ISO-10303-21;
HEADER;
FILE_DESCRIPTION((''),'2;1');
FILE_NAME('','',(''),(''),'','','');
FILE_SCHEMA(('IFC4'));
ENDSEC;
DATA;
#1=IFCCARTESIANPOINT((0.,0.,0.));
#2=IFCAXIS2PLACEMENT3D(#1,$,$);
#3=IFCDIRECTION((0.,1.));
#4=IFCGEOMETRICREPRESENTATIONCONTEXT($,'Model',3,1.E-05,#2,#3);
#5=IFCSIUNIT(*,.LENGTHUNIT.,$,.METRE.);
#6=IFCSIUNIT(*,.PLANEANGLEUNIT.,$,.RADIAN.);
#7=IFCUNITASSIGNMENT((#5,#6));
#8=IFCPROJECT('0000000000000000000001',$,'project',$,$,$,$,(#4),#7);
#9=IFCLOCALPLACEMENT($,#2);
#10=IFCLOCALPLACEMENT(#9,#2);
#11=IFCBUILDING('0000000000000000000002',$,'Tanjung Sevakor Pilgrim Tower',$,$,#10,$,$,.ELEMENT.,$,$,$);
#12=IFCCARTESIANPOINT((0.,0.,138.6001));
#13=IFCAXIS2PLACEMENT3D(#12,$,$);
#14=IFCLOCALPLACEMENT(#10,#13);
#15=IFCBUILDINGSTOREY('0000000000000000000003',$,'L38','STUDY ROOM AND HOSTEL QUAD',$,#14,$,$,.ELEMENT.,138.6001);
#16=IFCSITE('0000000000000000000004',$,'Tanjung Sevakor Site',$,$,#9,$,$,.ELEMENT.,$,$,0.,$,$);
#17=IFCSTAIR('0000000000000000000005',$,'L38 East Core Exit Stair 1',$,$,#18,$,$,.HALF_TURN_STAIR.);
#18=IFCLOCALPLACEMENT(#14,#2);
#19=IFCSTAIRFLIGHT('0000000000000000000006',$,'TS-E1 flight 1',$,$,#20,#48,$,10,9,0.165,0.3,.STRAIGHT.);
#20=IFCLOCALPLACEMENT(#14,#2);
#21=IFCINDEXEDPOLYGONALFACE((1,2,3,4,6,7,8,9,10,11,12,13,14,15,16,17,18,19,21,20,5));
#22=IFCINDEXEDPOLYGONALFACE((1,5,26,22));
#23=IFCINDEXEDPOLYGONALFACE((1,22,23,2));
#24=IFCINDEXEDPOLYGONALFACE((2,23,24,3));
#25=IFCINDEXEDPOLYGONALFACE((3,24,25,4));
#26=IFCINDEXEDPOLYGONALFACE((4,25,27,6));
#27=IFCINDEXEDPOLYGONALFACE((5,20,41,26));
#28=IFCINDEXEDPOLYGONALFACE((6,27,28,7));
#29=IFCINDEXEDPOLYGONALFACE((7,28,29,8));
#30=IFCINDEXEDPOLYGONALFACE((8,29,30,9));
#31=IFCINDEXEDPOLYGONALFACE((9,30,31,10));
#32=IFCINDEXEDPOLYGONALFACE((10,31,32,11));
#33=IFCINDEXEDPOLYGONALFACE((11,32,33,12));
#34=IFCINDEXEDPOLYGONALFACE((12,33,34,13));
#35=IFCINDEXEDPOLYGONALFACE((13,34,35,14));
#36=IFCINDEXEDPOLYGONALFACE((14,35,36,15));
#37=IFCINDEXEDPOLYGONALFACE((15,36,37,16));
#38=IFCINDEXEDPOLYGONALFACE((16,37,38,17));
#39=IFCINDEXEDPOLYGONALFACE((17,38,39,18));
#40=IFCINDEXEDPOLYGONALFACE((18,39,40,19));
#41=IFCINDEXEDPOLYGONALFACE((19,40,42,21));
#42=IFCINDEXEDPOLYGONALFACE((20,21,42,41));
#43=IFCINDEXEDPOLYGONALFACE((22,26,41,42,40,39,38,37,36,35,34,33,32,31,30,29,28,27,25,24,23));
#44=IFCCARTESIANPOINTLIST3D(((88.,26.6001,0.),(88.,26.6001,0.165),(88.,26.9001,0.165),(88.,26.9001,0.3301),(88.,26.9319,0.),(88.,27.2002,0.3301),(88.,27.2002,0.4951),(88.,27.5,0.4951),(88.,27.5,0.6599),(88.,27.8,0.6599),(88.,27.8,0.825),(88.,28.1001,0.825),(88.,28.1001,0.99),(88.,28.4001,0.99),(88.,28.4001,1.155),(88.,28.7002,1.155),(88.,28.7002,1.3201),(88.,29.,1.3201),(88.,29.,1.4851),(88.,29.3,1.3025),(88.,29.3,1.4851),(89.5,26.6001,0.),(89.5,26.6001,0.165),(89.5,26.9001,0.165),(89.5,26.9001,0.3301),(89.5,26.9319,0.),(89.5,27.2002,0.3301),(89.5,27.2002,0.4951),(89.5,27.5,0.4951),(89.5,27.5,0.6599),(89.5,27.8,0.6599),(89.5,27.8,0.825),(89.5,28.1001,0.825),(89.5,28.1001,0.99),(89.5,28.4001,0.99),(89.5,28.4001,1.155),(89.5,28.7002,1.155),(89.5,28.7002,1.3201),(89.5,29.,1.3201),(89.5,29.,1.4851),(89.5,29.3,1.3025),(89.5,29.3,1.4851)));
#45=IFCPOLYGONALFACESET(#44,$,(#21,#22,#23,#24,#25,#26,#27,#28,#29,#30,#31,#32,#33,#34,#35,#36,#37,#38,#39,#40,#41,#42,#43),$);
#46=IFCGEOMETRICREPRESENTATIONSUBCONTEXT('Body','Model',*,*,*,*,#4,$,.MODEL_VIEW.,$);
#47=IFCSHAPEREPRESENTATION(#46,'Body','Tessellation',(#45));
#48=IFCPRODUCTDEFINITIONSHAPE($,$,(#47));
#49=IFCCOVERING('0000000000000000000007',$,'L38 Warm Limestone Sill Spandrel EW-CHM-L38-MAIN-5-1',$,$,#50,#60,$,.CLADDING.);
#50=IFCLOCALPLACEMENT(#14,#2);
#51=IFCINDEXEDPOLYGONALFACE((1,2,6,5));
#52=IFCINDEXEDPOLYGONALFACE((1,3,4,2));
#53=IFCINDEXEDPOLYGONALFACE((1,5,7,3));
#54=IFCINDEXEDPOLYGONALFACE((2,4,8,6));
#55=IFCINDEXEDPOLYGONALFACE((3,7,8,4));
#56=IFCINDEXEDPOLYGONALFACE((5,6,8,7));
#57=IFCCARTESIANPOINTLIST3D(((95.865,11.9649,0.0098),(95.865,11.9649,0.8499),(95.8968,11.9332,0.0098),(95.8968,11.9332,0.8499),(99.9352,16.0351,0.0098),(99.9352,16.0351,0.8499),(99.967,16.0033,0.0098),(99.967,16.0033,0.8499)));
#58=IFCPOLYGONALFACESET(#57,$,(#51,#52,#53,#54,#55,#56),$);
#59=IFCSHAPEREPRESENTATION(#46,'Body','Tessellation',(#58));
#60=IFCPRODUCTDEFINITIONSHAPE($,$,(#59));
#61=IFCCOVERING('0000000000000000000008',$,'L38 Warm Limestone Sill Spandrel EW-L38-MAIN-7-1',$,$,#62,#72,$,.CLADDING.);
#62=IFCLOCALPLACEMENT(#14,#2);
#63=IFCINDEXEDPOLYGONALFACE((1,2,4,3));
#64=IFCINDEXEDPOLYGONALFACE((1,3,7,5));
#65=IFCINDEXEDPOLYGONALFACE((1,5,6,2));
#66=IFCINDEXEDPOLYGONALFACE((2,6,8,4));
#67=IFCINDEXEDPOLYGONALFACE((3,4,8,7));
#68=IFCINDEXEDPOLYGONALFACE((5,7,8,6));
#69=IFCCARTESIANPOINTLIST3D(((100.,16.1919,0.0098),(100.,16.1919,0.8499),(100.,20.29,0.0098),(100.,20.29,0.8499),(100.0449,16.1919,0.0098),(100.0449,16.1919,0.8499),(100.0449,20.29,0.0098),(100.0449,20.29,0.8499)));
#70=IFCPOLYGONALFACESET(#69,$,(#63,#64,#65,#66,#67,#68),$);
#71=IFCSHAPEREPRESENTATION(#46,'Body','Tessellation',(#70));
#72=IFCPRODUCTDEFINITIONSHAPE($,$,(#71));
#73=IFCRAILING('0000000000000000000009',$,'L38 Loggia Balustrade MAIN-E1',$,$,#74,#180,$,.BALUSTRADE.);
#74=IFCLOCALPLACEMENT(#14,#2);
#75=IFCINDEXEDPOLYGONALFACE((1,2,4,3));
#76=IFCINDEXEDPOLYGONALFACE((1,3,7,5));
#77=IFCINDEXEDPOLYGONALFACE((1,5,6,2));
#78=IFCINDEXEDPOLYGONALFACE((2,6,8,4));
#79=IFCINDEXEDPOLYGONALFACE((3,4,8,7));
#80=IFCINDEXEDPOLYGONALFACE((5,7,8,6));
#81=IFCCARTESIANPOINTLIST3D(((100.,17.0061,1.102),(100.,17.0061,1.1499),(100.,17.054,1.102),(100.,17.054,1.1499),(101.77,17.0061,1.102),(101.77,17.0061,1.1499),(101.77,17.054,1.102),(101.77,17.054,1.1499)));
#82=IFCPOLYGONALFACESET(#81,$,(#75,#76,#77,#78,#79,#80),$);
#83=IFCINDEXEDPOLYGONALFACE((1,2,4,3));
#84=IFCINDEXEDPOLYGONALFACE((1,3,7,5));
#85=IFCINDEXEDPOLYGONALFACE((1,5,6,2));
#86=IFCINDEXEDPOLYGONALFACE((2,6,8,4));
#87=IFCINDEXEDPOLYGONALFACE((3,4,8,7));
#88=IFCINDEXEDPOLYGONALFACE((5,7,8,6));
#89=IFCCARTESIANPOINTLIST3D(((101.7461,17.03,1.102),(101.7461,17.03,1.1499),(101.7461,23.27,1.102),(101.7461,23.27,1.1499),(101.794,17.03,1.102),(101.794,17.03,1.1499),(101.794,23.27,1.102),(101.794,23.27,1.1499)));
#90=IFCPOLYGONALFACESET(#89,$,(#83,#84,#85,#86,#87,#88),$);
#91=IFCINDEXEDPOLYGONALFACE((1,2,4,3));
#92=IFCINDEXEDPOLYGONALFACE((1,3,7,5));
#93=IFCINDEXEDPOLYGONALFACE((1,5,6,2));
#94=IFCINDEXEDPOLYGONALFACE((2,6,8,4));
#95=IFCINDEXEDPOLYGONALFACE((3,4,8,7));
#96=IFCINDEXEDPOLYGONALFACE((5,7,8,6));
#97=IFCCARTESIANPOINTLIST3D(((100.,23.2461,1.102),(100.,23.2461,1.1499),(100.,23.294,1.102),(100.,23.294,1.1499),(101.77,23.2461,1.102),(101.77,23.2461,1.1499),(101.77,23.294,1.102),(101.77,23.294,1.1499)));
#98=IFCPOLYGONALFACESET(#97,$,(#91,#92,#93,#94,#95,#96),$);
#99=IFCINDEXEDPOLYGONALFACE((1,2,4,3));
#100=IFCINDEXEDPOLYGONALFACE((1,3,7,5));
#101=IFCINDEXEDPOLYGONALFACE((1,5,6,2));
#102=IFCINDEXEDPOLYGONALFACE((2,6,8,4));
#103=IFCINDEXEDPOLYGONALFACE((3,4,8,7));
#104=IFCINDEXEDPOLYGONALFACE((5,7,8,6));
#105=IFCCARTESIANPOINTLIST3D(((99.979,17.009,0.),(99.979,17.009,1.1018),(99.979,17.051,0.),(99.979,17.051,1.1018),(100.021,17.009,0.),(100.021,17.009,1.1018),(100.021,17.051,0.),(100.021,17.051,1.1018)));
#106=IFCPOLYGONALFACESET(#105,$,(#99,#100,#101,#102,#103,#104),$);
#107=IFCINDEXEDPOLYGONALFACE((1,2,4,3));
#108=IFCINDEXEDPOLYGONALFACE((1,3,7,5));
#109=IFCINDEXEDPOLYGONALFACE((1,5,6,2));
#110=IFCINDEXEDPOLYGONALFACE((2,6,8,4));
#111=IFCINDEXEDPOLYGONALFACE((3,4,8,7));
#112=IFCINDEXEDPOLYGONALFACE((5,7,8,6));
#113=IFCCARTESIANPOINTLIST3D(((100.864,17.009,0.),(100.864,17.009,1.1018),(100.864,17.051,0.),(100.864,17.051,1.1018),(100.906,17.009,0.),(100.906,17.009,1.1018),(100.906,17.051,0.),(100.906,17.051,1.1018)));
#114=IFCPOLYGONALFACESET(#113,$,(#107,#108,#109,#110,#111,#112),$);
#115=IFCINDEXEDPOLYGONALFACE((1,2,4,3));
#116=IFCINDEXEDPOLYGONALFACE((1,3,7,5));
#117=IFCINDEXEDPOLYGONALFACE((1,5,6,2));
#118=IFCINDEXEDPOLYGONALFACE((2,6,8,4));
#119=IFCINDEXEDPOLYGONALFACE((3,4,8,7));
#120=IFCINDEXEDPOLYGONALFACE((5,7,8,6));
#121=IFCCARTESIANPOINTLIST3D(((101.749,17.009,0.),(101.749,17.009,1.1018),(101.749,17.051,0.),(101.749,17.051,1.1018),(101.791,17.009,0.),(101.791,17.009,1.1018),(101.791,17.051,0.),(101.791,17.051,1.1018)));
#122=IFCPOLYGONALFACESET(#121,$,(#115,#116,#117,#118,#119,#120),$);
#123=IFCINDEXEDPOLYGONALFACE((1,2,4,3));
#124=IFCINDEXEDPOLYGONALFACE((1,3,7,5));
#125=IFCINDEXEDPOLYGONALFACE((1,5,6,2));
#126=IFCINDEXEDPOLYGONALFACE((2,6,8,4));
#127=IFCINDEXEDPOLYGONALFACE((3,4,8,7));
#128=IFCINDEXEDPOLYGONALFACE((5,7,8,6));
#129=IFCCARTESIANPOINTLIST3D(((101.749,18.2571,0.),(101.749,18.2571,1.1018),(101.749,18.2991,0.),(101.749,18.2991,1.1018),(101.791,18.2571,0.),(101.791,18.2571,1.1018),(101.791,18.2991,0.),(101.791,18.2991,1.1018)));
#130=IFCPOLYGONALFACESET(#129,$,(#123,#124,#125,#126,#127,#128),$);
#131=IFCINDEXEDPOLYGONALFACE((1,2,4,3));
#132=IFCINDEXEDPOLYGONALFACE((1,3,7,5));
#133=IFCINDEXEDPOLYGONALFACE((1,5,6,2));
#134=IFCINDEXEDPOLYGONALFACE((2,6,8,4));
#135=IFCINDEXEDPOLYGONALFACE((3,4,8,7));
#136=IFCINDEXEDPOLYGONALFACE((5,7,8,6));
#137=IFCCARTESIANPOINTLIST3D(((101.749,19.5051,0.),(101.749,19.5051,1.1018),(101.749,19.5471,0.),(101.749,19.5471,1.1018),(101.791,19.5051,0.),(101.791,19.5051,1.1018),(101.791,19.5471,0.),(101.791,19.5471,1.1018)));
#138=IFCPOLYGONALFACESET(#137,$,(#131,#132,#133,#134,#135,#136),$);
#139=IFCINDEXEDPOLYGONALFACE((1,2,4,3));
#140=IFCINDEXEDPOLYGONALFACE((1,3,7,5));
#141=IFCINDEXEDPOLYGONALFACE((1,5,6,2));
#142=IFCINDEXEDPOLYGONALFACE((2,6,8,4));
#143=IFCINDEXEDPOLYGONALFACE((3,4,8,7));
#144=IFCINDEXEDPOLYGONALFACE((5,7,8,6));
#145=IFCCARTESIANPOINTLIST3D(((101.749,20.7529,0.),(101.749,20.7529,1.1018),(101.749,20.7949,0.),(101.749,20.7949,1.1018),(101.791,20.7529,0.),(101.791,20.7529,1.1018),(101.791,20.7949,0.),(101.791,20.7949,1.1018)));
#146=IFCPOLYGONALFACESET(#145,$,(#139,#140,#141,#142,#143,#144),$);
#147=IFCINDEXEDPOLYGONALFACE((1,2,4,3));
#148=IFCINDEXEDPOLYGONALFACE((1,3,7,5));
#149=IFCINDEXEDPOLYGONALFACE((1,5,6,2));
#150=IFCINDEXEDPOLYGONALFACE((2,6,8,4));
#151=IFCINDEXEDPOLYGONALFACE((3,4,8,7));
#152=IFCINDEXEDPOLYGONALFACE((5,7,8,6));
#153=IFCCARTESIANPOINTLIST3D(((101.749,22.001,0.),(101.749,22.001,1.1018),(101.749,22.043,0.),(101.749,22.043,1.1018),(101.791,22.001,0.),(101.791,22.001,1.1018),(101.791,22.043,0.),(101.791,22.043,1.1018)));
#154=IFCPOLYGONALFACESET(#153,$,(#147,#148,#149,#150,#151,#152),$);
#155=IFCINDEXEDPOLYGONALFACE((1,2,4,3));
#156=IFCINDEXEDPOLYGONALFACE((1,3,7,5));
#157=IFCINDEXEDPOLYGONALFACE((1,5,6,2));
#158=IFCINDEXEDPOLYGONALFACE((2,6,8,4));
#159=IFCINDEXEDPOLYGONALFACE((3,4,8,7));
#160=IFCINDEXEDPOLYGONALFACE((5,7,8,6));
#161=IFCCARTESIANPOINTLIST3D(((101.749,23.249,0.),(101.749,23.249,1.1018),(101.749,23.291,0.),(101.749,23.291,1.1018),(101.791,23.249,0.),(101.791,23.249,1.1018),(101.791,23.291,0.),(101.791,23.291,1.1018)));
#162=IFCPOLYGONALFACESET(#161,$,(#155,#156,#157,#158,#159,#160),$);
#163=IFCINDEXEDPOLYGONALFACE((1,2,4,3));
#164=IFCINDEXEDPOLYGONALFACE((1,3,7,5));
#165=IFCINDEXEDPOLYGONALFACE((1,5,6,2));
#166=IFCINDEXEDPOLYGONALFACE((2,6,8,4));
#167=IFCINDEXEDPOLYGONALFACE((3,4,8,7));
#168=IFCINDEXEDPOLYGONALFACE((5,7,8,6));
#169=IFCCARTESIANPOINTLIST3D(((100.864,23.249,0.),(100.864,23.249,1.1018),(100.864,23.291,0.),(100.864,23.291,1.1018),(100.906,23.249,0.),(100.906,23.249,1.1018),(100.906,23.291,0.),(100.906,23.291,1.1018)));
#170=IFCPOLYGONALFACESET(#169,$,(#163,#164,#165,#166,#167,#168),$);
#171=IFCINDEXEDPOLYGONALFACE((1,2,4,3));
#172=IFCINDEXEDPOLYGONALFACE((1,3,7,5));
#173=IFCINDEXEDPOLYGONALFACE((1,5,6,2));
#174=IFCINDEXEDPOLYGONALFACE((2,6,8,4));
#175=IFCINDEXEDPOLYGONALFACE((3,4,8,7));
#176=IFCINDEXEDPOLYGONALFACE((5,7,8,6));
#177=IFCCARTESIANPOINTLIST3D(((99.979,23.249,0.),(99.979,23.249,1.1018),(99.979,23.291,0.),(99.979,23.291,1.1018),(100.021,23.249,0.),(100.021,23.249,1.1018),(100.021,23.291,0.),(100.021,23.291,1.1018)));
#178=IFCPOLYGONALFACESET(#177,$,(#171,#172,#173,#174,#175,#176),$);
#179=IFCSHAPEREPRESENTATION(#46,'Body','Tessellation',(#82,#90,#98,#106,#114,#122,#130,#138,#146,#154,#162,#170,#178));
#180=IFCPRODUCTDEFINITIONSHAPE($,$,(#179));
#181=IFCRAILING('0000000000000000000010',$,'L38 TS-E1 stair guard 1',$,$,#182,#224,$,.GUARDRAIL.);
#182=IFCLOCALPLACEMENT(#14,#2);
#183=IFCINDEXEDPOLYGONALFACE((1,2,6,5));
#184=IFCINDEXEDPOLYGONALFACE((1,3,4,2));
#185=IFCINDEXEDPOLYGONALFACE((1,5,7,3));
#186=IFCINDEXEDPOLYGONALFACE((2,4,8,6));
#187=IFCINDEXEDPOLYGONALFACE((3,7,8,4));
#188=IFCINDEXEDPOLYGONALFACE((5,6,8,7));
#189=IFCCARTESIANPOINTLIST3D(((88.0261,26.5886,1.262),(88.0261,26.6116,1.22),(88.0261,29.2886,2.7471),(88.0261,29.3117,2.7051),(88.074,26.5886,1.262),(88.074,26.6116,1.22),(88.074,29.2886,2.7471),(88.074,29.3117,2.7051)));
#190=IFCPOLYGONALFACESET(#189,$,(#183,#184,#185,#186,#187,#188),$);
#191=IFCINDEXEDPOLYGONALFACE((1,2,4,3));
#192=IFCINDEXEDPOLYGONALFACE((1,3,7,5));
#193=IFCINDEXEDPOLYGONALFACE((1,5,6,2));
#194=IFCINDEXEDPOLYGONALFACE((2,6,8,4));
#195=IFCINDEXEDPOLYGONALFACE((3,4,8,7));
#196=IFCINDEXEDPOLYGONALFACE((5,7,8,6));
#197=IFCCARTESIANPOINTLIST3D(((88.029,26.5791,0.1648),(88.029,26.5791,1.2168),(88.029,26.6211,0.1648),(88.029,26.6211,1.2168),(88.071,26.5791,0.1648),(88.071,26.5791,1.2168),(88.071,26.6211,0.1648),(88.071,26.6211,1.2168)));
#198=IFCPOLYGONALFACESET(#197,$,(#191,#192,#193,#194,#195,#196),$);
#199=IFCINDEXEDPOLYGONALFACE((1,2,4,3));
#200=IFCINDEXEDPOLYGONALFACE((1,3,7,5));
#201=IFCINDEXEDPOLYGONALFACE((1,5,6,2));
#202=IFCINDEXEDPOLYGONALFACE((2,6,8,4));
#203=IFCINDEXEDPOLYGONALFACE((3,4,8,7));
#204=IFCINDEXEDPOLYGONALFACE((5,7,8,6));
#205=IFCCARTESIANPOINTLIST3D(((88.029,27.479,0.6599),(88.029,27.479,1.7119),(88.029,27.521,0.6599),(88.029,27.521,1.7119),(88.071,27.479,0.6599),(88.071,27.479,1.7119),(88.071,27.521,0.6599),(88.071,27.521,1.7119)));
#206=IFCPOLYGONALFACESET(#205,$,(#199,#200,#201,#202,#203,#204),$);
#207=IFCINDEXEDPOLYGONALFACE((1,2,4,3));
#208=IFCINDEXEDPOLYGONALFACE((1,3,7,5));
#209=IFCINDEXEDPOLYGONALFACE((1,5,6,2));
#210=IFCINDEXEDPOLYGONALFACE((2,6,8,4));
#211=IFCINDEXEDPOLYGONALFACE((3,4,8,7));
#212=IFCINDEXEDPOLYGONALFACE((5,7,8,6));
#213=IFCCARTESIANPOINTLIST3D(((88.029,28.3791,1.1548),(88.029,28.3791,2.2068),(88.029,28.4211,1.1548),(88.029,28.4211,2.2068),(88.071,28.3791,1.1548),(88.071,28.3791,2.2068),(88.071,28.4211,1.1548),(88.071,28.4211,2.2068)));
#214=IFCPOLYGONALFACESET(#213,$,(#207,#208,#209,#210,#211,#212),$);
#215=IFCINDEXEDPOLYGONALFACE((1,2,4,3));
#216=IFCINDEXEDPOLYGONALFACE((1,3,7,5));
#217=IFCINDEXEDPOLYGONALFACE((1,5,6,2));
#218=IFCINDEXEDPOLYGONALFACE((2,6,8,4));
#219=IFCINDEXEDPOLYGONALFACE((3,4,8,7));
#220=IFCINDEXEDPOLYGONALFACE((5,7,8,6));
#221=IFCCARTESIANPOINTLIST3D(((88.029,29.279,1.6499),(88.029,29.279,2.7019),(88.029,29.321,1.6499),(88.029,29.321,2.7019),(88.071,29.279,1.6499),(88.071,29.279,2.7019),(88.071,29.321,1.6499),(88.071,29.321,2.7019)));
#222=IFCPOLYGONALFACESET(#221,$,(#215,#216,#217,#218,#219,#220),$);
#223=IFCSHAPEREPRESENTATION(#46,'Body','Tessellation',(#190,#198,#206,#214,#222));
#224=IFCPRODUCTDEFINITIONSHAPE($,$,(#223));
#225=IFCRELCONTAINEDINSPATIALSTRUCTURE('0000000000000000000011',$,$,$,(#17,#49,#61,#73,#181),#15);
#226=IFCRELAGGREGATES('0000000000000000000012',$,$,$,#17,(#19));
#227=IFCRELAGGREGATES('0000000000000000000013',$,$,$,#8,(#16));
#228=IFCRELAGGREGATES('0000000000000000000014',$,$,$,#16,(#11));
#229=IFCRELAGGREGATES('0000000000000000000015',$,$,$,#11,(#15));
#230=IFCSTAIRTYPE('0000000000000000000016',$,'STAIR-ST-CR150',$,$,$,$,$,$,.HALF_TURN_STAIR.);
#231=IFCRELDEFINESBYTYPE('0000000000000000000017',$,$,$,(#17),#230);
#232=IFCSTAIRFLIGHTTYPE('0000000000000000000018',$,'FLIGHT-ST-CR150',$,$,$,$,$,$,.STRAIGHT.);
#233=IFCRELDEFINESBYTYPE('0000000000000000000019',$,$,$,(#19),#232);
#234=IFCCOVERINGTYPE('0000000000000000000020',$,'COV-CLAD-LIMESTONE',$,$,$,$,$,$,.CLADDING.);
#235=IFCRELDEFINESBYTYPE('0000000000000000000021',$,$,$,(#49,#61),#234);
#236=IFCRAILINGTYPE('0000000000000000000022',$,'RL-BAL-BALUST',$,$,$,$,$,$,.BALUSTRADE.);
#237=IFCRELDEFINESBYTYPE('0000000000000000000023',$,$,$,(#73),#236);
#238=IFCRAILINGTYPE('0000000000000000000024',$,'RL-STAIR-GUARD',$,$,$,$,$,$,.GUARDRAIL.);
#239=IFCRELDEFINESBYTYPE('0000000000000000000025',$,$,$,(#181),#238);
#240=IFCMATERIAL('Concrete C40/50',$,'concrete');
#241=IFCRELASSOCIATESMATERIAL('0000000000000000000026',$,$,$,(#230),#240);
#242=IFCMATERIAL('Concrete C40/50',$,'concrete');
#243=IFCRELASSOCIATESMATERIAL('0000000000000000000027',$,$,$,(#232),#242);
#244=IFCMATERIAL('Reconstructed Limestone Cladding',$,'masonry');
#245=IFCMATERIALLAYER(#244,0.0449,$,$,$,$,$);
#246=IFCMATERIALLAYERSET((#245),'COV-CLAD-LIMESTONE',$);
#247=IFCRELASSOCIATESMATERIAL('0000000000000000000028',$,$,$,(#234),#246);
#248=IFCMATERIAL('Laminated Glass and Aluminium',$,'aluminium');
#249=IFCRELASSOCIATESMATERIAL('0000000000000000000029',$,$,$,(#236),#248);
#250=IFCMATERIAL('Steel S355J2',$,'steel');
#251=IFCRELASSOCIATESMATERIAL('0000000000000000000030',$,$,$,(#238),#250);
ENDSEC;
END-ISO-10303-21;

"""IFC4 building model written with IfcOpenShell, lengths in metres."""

from ifc_helpers import new_model, si_unit, direction, frame, origin, origin_2d, place, context, subcontext, project, spatial, polyline, rectangle, outline, extrude, material, layer, layer_set, type_object, element, aggregate, save


model = new_model("IFC4")

# Units and contexts
model_context = context("Model", 3, precision=1e-05, world=origin(), true_north=direction((0.0, 1.0)))
body_context = subcontext(model_context, "Body", "Model", "MODEL_VIEW")
ifc_project = project(units=[si_unit("LENGTHUNIT", "METRE"), si_unit("PLANEANGLEUNIT", "RADIAN")], contexts=[model_context])

# Site, building, storey
site_placement = place(None, origin())
site = spatial("IfcSite", under=ifc_project, at=site_placement, Name="Tanjung Sevakor Site", CompositionType="ELEMENT", RefElevation=0.0)
building_placement = place(site_placement, origin())
building = spatial("IfcBuilding", under=site, at=building_placement, Name="Tanjung Sevakor Pilgrim Tower", CompositionType="ELEMENT")
storey_placement = place(building_placement, frame((0.0, 0.0, 138.6001)))
storey = spatial("IfcBuildingStorey", under=building, at=storey_placement, Name="L38", Description="STUDY ROOM AND HOSTEL QUAD", CompositionType="ELEMENT", Elevation=138.6001)

# Stair, stair flight
ifc_material_1 = material(Name="Concrete C40/50", Category="concrete")
stair_type = type_object("IfcStairType", Name="STAIR-ST-CR150", PredefinedType="HALF_TURN_STAIR", material=ifc_material_1)
stair_placement = place(storey_placement, origin())
stair = element("IfcStair", 1, at=stair_placement, inside=storey, type_object=stair_type, Name="L38 East Core Exit Stair 1", PredefinedType="HALF_TURN_STAIR")
ifc_material_2 = material(Name="Concrete C40/50", Category="concrete")
stair_flight_type = type_object("IfcStairFlightType", Name="FLIGHT-ST-CR150", PredefinedType="STRAIGHT", material=ifc_material_2)
stair_flight_placement = place(storey_placement, frame((88.75, 26.6001, 0.0), z_axis=(0.0, 0.0, 1.0), x_axis=(0.0, 1.0, 0.0)))
stair_flight = element("IfcStairFlight", 2, at=stair_flight_placement, type_object=stair_flight_type, Name="TS-E1 flight 1", NumberOfRisers=10, NumberOfTreads=9, PredefinedType="STRAIGHT", RiserHeight=0.165, TreadLength=0.3, context=body_context, shape_type="SweptSolid", body=[
    extrude(outline(polyline([(0.0, 0.0), (0.0, 0.165), (0.3, 0.165), (0.3, 0.3301), (0.6001, 0.3301), (0.6001, 0.4951), (0.8999, 0.4951), (0.8999, 0.6599), (1.2, 0.6599), (1.2, 0.825), (1.5, 0.825), (1.5, 0.99), (1.8, 0.99), (1.8, 1.155), (2.1001, 1.155), (2.1001, 1.3201), (2.3999, 1.3201), (2.3999, 1.4851), (2.7, 1.4851), (2.7, 1.6499), (2.7, 1.3025), (0.3318, 0.0), (0.0, 0.0)])), frame((0.0, 0.75, 0.0), z_axis=(0.0, -1.0, 0.0), x_axis=(1.0, 0.0, 0.0)), (0.0, 0.0, 1.0), 1.5),
])
aggregate(stair, [stair_flight])

# Coverings
ifc_material_3 = material(Name="Reconstructed Limestone Cladding", Category="masonry")
ifc_layer_1 = layer(ifc_material_3, 0.0449)
ifc_layer_set_1 = layer_set([ifc_layer_1], Name="COV-CLAD-LIMESTONE")
covering_type = type_object("IfcCoveringType", Name="COV-CLAD-LIMESTONE", PredefinedType="CLADDING", material=ifc_layer_set_1)
covering_1_placement = place(storey_placement, frame((97.916, 13.9841, 0.0098), z_axis=(0.0, 0.0, 1.0), x_axis=(0.707107, 0.707107, 0.0)))
element("IfcCovering", 3, at=covering_1_placement, inside=storey, type_object=covering_type, Name="L38 Warm Limestone Sill Spandrel EW-CHM-L38-MAIN-5-1", PredefinedType="CLADDING", context=body_context, shape_type="SweptSolid", body=[
    extrude(rectangle(XDim=5.7561, YDim=0.0449, at=origin_2d()), origin(), (0.0, 0.0, 1.0), 0.8401),
])
covering_2_placement = place(storey_placement, frame((100.0225, 18.241, 0.0098), z_axis=(0.0, 0.0, 1.0), x_axis=(0.0, 1.0, 0.0)))
element("IfcCovering", 4, at=covering_2_placement, inside=storey, type_object=covering_type, Name="L38 Warm Limestone Sill Spandrel EW-L38-MAIN-7-1", PredefinedType="CLADDING", context=body_context, shape_type="SweptSolid", body=[
    extrude(rectangle(XDim=4.0981, YDim=0.0449, at=origin_2d()), origin(), (0.0, 0.0, 1.0), 0.8401),
])

# Railings
ifc_material_4 = material(Name="Laminated Glass and Aluminium", Category="aluminium")
railing_type_1 = type_object("IfcRailingType", Name="RL-BAL-BALUST", PredefinedType="BALUSTRADE", material=ifc_material_4)
railing_1_placement = place(storey_placement, frame((100.0, 17.03, 0.0)))
element("IfcRailing", 5, at=railing_1_placement, inside=storey, type_object=railing_type_1, Name="L38 Loggia Balustrade MAIN-E1", PredefinedType="BALUSTRADE", context=body_context, shape_type="SweptSolid", body=[
    extrude(rectangle(XDim=0.0479, YDim=0.0479), frame((0.0, 0.0, 1.126), z_axis=(1.0, 0.0, 0.0), x_axis=(0.0, 1.0, 0.0)), (0.0, 0.0, 1.0), 1.77),
    extrude(rectangle(XDim=0.0479, YDim=0.0479), frame((1.77, 0.0, 1.126), z_axis=(0.0, 1.0, 0.0), x_axis=(-1.0, 0.0, 0.0)), (0.0, 0.0, 1.0), 6.24),
    extrude(rectangle(XDim=0.0479, YDim=0.0479), frame((1.77, 6.24, 1.126), z_axis=(-1.0, 0.0, 0.0), x_axis=(0.0, -1.0, 0.0)), (0.0, 0.0, 1.0), 1.77),
    extrude(rectangle(XDim=0.042, YDim=0.042), origin(), (0.0, 0.0, 1.0), 1.1018),
    extrude(rectangle(XDim=0.042, YDim=0.042), frame((0.885, 0.0, 0.0)), (0.0, 0.0, 1.0), 1.1018),
    extrude(rectangle(XDim=0.042, YDim=0.042), frame((1.77, 0.0, 0.0)), (0.0, 0.0, 1.0), 1.1018),
    extrude(rectangle(XDim=0.042, YDim=0.042), frame((1.77, 1.248, 0.0)), (0.0, 0.0, 1.0), 1.1018),
    extrude(rectangle(XDim=0.042, YDim=0.042), frame((1.77, 2.4961, 0.0)), (0.0, 0.0, 1.0), 1.1018),
    extrude(rectangle(XDim=0.042, YDim=0.042), frame((1.77, 3.7439, 0.0)), (0.0, 0.0, 1.0), 1.1018),
    extrude(rectangle(XDim=0.042, YDim=0.042), frame((1.77, 4.9919, 0.0)), (0.0, 0.0, 1.0), 1.1018),
    extrude(rectangle(XDim=0.042, YDim=0.042), frame((1.77, 6.24, 0.0)), (0.0, 0.0, 1.0), 1.1018),
    extrude(rectangle(XDim=0.042, YDim=0.042), frame((0.885, 6.24, 0.0)), (0.0, 0.0, 1.0), 1.1018),
    extrude(rectangle(XDim=0.042, YDim=0.042), frame((0.0, 6.24, 0.0)), (0.0, 0.0, 1.0), 1.1018),
])
ifc_material_5 = material(Name="Steel S355J2", Category="steel")
railing_type_2 = type_object("IfcRailingType", Name="RL-STAIR-GUARD", PredefinedType="GUARDRAIL", material=ifc_material_5)
railing_2_placement = place(storey_placement, frame((88.05, 26.6001, 0.1648)))
element("IfcRailing", 6, at=railing_2_placement, inside=storey, type_object=railing_type_2, Name="L38 TS-E1 stair guard 1", PredefinedType="GUARDRAIL", context=body_context, shape_type="SweptSolid", body=[
    extrude(rectangle(XDim=0.0479, YDim=0.0479), frame((0.0, 0.0, 1.0762), z_axis=(0.0, 0.876198, 0.481952), x_axis=(-1.0, 0.0, 0.0)), (0.0, 0.0, 1.0), 3.0815),
    extrude(rectangle(XDim=0.042, YDim=0.042), origin(), (0.0, 0.0, 1.0), 1.052),
    extrude(rectangle(XDim=0.042, YDim=0.042), frame((0.0, 0.8999, 0.4951)), (0.0, 0.0, 1.0), 1.052),
    extrude(rectangle(XDim=0.042, YDim=0.042), frame((0.0, 1.8, 0.99)), (0.0, 0.0, 1.0), 1.052),
    extrude(rectangle(XDim=0.042, YDim=0.042), frame((0.0, 2.7, 1.4851)), (0.0, 0.0, 1.0), 1.052),
])

save(model, "model.ifc")
